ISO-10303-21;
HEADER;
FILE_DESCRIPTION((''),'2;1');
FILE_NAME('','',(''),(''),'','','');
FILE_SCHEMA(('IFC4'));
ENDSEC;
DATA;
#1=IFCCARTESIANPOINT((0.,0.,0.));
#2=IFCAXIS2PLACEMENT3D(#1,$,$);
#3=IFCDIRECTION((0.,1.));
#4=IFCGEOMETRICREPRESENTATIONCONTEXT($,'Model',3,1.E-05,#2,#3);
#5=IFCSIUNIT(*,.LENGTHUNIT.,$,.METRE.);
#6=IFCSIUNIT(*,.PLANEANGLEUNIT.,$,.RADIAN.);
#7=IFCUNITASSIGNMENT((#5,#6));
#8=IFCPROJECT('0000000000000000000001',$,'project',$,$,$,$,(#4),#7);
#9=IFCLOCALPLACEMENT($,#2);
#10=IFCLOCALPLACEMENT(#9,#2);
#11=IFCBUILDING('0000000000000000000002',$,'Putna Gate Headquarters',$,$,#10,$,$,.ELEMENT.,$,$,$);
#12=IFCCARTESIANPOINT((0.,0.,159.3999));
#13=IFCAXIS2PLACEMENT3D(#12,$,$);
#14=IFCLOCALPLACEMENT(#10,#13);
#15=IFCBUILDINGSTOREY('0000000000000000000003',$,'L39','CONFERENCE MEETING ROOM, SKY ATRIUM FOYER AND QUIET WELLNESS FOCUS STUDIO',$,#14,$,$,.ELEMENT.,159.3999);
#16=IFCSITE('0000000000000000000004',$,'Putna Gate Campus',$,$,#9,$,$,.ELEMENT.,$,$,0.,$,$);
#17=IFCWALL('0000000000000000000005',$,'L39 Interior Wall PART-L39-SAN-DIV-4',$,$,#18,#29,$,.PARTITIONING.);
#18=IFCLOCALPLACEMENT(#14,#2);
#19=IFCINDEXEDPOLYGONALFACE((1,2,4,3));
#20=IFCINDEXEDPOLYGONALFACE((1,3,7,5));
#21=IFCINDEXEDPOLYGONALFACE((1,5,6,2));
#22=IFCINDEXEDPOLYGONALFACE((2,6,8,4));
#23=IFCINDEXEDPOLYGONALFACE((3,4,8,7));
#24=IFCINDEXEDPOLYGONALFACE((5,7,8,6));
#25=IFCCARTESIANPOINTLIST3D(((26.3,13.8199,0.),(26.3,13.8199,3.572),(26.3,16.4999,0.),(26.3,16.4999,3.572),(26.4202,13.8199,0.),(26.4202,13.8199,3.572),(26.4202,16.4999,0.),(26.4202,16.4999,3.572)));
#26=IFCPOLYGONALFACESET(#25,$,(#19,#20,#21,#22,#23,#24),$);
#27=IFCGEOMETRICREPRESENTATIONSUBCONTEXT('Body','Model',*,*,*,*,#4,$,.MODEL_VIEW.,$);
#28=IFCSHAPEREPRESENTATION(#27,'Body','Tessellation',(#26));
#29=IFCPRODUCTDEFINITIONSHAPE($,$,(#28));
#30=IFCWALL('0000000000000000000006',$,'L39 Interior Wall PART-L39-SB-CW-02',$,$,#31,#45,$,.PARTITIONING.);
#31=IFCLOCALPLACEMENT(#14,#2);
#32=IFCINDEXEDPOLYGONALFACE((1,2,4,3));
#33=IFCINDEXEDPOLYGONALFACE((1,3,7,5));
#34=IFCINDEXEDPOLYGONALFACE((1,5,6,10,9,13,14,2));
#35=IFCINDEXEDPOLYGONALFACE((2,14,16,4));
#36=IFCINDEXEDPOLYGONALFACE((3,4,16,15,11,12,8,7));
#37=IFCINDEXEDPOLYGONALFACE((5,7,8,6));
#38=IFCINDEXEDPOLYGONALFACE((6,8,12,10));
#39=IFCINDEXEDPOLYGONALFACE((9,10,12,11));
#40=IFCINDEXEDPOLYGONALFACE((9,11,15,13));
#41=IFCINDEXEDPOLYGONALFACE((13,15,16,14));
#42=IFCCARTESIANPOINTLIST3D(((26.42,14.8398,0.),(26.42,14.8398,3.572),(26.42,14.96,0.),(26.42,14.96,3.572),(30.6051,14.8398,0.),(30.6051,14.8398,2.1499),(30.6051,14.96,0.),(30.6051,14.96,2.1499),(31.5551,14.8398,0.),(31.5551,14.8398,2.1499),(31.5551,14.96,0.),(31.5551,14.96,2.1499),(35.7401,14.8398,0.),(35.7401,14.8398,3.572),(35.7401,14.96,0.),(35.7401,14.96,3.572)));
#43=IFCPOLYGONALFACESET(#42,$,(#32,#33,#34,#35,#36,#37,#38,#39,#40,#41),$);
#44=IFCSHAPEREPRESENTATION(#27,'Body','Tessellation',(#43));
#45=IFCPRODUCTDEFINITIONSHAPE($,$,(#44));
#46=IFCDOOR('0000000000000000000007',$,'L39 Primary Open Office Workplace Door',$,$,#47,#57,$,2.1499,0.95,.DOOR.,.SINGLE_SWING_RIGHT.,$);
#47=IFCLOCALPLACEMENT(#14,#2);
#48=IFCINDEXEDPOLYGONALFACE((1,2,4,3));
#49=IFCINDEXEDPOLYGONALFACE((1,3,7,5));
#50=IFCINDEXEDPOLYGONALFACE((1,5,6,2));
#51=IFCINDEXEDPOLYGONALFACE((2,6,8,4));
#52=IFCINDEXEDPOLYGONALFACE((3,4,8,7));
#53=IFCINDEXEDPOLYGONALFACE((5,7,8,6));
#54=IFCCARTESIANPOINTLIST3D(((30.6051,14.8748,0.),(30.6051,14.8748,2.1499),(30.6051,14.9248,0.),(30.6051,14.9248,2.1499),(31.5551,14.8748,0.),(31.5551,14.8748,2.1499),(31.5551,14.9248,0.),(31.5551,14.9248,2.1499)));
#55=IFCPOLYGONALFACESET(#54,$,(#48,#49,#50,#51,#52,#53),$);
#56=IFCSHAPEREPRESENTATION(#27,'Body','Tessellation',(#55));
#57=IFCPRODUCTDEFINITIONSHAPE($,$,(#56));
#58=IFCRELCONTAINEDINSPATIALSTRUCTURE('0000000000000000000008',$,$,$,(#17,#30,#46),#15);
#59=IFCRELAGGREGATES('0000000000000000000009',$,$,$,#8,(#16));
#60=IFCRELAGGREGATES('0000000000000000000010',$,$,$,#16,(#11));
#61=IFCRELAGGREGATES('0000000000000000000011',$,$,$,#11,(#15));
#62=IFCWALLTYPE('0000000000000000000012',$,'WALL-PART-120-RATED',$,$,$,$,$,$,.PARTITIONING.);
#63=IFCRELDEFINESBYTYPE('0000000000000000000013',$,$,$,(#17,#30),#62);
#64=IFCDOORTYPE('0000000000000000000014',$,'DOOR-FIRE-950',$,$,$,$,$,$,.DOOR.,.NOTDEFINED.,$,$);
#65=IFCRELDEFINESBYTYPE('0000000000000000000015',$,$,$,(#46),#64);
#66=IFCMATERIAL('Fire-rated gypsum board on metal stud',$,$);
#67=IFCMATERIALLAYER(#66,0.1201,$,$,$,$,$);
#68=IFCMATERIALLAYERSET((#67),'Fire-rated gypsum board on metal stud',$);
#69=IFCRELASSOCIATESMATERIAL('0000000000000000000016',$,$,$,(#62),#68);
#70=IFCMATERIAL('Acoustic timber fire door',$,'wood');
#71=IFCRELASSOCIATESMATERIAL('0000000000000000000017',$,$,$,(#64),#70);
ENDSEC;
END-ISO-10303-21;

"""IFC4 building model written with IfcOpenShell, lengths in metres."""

from ifc_helpers import new_model, si_unit, direction, frame, frame_2d, origin, place, context, subcontext, project, spatial, rectangle, extrude, material, layer, layer_set, type_object, element, fill, save


model = new_model("IFC4")

# Units and contexts
model_context = context("Model", 3, precision=1e-05, world=origin(), true_north=direction((0.0, 1.0)))
body_context = subcontext(model_context, "Body", "Model", "MODEL_VIEW")
ifc_project = project(units=[si_unit("LENGTHUNIT", "METRE"), si_unit("PLANEANGLEUNIT", "RADIAN")], contexts=[model_context])

# Site, building, storey
site_placement = place(None, origin())
site = spatial("IfcSite", under=ifc_project, at=site_placement, Name="Putna Gate Campus", CompositionType="ELEMENT", RefElevation=0.0)
building_placement = place(site_placement, origin())
building = spatial("IfcBuilding", under=site, at=building_placement, Name="Putna Gate Headquarters", CompositionType="ELEMENT")
storey_placement = place(building_placement, frame((0.0, 0.0, 159.3999)))
storey = spatial("IfcBuildingStorey", under=building, at=storey_placement, Name="L39", Description="CONFERENCE MEETING ROOM, SKY ATRIUM FOYER AND QUIET WELLNESS FOCUS STUDIO", CompositionType="ELEMENT", Elevation=159.3999)

# Wall
ifc_material_1 = material(Name="Fire-rated gypsum board on metal stud")
ifc_layer_1 = layer(ifc_material_1, 0.1201)
ifc_layer_set_1 = layer_set([ifc_layer_1], Name="Fire-rated gypsum board on metal stud")
wall_type = type_object("IfcWallType", Name="WALL-PART-120-RATED", PredefinedType="PARTITIONING", material=ifc_layer_set_1)
wall_1_placement = place(storey_placement, frame((26.3601, 13.8201, 0.0), z_axis=(0.0, 0.0, 1.0), x_axis=(0.0, 1.0, 0.0)))
element("IfcWall", 1, at=wall_1_placement, inside=storey, type_object=wall_type, Name="L39 Interior Wall PART-L39-SAN-DIV-4", PredefinedType="PARTITIONING", context=body_context, shape_type="SweptSolid", body=[
    extrude(rectangle(XDim=2.6799, YDim=0.1201, at=frame_2d((1.3398, 0.0))), origin(), (0.0, 0.0, 1.0), 3.572),
])

# Wall, opening, door
wall_2_placement = place(storey_placement, frame((26.4199, 14.8999, 0.0), z_axis=(0.0, 0.0, 1.0), x_axis=(1.0, 0.0, 0.0)))
wall_2 = element("IfcWall", 2, at=wall_2_placement, inside=storey, type_object=wall_type, Name="L39 Interior Wall PART-L39-SB-CW-02", PredefinedType="PARTITIONING", context=body_context, shape_type="SweptSolid", body=[
    extrude(rectangle(XDim=9.3201, YDim=0.1201, at=frame_2d((4.6602, 0.0))), origin(), (0.0, 0.0, 1.0), 3.572),
])
opening_placement = place(wall_2_placement, frame((4.1851, 0.0, 0.0)))
opening = element("IfcOpeningElement", 3, at=opening_placement, cuts=wall_2, PredefinedType="OPENING", context=body_context, shape_type="SweptSolid", body=[
    extrude(rectangle(XDim=0.95, YDim=2.1499, at=frame_2d((0.4751, 1.075))), frame((0.0, 0.0701, 0.0), z_axis=(0.0, -1.0, 0.0), x_axis=(1.0, 0.0, 0.0)), (0.0, 0.0, 1.0), 0.1401),
])
ifc_material_2 = material(Name="Acoustic timber fire door", Category="wood")
door_type = type_object("IfcDoorType", Name="DOOR-FIRE-950", OperationType="NOTDEFINED", PredefinedType="DOOR", material=ifc_material_2)
door_placement = place(opening_placement, origin())
door = element("IfcDoor", 4, at=door_placement, inside=storey, type_object=door_type, Name="L39 Primary Open Office Workplace Door", OperationType="SINGLE_SWING_RIGHT", OverallHeight=2.1499, OverallWidth=0.95, PredefinedType="DOOR", context=body_context, shape_type="SweptSolid", body=[
    extrude(rectangle(XDim=0.95, YDim=2.1499, at=frame_2d((0.4751, 1.075))), frame((0.0, 0.0249, 0.0), z_axis=(0.0, -1.0, 0.0), x_axis=(1.0, 0.0, 0.0)), (0.0, 0.0, 1.0), 0.05),
])
fill(opening, door)

save(model, "model.ifc")
